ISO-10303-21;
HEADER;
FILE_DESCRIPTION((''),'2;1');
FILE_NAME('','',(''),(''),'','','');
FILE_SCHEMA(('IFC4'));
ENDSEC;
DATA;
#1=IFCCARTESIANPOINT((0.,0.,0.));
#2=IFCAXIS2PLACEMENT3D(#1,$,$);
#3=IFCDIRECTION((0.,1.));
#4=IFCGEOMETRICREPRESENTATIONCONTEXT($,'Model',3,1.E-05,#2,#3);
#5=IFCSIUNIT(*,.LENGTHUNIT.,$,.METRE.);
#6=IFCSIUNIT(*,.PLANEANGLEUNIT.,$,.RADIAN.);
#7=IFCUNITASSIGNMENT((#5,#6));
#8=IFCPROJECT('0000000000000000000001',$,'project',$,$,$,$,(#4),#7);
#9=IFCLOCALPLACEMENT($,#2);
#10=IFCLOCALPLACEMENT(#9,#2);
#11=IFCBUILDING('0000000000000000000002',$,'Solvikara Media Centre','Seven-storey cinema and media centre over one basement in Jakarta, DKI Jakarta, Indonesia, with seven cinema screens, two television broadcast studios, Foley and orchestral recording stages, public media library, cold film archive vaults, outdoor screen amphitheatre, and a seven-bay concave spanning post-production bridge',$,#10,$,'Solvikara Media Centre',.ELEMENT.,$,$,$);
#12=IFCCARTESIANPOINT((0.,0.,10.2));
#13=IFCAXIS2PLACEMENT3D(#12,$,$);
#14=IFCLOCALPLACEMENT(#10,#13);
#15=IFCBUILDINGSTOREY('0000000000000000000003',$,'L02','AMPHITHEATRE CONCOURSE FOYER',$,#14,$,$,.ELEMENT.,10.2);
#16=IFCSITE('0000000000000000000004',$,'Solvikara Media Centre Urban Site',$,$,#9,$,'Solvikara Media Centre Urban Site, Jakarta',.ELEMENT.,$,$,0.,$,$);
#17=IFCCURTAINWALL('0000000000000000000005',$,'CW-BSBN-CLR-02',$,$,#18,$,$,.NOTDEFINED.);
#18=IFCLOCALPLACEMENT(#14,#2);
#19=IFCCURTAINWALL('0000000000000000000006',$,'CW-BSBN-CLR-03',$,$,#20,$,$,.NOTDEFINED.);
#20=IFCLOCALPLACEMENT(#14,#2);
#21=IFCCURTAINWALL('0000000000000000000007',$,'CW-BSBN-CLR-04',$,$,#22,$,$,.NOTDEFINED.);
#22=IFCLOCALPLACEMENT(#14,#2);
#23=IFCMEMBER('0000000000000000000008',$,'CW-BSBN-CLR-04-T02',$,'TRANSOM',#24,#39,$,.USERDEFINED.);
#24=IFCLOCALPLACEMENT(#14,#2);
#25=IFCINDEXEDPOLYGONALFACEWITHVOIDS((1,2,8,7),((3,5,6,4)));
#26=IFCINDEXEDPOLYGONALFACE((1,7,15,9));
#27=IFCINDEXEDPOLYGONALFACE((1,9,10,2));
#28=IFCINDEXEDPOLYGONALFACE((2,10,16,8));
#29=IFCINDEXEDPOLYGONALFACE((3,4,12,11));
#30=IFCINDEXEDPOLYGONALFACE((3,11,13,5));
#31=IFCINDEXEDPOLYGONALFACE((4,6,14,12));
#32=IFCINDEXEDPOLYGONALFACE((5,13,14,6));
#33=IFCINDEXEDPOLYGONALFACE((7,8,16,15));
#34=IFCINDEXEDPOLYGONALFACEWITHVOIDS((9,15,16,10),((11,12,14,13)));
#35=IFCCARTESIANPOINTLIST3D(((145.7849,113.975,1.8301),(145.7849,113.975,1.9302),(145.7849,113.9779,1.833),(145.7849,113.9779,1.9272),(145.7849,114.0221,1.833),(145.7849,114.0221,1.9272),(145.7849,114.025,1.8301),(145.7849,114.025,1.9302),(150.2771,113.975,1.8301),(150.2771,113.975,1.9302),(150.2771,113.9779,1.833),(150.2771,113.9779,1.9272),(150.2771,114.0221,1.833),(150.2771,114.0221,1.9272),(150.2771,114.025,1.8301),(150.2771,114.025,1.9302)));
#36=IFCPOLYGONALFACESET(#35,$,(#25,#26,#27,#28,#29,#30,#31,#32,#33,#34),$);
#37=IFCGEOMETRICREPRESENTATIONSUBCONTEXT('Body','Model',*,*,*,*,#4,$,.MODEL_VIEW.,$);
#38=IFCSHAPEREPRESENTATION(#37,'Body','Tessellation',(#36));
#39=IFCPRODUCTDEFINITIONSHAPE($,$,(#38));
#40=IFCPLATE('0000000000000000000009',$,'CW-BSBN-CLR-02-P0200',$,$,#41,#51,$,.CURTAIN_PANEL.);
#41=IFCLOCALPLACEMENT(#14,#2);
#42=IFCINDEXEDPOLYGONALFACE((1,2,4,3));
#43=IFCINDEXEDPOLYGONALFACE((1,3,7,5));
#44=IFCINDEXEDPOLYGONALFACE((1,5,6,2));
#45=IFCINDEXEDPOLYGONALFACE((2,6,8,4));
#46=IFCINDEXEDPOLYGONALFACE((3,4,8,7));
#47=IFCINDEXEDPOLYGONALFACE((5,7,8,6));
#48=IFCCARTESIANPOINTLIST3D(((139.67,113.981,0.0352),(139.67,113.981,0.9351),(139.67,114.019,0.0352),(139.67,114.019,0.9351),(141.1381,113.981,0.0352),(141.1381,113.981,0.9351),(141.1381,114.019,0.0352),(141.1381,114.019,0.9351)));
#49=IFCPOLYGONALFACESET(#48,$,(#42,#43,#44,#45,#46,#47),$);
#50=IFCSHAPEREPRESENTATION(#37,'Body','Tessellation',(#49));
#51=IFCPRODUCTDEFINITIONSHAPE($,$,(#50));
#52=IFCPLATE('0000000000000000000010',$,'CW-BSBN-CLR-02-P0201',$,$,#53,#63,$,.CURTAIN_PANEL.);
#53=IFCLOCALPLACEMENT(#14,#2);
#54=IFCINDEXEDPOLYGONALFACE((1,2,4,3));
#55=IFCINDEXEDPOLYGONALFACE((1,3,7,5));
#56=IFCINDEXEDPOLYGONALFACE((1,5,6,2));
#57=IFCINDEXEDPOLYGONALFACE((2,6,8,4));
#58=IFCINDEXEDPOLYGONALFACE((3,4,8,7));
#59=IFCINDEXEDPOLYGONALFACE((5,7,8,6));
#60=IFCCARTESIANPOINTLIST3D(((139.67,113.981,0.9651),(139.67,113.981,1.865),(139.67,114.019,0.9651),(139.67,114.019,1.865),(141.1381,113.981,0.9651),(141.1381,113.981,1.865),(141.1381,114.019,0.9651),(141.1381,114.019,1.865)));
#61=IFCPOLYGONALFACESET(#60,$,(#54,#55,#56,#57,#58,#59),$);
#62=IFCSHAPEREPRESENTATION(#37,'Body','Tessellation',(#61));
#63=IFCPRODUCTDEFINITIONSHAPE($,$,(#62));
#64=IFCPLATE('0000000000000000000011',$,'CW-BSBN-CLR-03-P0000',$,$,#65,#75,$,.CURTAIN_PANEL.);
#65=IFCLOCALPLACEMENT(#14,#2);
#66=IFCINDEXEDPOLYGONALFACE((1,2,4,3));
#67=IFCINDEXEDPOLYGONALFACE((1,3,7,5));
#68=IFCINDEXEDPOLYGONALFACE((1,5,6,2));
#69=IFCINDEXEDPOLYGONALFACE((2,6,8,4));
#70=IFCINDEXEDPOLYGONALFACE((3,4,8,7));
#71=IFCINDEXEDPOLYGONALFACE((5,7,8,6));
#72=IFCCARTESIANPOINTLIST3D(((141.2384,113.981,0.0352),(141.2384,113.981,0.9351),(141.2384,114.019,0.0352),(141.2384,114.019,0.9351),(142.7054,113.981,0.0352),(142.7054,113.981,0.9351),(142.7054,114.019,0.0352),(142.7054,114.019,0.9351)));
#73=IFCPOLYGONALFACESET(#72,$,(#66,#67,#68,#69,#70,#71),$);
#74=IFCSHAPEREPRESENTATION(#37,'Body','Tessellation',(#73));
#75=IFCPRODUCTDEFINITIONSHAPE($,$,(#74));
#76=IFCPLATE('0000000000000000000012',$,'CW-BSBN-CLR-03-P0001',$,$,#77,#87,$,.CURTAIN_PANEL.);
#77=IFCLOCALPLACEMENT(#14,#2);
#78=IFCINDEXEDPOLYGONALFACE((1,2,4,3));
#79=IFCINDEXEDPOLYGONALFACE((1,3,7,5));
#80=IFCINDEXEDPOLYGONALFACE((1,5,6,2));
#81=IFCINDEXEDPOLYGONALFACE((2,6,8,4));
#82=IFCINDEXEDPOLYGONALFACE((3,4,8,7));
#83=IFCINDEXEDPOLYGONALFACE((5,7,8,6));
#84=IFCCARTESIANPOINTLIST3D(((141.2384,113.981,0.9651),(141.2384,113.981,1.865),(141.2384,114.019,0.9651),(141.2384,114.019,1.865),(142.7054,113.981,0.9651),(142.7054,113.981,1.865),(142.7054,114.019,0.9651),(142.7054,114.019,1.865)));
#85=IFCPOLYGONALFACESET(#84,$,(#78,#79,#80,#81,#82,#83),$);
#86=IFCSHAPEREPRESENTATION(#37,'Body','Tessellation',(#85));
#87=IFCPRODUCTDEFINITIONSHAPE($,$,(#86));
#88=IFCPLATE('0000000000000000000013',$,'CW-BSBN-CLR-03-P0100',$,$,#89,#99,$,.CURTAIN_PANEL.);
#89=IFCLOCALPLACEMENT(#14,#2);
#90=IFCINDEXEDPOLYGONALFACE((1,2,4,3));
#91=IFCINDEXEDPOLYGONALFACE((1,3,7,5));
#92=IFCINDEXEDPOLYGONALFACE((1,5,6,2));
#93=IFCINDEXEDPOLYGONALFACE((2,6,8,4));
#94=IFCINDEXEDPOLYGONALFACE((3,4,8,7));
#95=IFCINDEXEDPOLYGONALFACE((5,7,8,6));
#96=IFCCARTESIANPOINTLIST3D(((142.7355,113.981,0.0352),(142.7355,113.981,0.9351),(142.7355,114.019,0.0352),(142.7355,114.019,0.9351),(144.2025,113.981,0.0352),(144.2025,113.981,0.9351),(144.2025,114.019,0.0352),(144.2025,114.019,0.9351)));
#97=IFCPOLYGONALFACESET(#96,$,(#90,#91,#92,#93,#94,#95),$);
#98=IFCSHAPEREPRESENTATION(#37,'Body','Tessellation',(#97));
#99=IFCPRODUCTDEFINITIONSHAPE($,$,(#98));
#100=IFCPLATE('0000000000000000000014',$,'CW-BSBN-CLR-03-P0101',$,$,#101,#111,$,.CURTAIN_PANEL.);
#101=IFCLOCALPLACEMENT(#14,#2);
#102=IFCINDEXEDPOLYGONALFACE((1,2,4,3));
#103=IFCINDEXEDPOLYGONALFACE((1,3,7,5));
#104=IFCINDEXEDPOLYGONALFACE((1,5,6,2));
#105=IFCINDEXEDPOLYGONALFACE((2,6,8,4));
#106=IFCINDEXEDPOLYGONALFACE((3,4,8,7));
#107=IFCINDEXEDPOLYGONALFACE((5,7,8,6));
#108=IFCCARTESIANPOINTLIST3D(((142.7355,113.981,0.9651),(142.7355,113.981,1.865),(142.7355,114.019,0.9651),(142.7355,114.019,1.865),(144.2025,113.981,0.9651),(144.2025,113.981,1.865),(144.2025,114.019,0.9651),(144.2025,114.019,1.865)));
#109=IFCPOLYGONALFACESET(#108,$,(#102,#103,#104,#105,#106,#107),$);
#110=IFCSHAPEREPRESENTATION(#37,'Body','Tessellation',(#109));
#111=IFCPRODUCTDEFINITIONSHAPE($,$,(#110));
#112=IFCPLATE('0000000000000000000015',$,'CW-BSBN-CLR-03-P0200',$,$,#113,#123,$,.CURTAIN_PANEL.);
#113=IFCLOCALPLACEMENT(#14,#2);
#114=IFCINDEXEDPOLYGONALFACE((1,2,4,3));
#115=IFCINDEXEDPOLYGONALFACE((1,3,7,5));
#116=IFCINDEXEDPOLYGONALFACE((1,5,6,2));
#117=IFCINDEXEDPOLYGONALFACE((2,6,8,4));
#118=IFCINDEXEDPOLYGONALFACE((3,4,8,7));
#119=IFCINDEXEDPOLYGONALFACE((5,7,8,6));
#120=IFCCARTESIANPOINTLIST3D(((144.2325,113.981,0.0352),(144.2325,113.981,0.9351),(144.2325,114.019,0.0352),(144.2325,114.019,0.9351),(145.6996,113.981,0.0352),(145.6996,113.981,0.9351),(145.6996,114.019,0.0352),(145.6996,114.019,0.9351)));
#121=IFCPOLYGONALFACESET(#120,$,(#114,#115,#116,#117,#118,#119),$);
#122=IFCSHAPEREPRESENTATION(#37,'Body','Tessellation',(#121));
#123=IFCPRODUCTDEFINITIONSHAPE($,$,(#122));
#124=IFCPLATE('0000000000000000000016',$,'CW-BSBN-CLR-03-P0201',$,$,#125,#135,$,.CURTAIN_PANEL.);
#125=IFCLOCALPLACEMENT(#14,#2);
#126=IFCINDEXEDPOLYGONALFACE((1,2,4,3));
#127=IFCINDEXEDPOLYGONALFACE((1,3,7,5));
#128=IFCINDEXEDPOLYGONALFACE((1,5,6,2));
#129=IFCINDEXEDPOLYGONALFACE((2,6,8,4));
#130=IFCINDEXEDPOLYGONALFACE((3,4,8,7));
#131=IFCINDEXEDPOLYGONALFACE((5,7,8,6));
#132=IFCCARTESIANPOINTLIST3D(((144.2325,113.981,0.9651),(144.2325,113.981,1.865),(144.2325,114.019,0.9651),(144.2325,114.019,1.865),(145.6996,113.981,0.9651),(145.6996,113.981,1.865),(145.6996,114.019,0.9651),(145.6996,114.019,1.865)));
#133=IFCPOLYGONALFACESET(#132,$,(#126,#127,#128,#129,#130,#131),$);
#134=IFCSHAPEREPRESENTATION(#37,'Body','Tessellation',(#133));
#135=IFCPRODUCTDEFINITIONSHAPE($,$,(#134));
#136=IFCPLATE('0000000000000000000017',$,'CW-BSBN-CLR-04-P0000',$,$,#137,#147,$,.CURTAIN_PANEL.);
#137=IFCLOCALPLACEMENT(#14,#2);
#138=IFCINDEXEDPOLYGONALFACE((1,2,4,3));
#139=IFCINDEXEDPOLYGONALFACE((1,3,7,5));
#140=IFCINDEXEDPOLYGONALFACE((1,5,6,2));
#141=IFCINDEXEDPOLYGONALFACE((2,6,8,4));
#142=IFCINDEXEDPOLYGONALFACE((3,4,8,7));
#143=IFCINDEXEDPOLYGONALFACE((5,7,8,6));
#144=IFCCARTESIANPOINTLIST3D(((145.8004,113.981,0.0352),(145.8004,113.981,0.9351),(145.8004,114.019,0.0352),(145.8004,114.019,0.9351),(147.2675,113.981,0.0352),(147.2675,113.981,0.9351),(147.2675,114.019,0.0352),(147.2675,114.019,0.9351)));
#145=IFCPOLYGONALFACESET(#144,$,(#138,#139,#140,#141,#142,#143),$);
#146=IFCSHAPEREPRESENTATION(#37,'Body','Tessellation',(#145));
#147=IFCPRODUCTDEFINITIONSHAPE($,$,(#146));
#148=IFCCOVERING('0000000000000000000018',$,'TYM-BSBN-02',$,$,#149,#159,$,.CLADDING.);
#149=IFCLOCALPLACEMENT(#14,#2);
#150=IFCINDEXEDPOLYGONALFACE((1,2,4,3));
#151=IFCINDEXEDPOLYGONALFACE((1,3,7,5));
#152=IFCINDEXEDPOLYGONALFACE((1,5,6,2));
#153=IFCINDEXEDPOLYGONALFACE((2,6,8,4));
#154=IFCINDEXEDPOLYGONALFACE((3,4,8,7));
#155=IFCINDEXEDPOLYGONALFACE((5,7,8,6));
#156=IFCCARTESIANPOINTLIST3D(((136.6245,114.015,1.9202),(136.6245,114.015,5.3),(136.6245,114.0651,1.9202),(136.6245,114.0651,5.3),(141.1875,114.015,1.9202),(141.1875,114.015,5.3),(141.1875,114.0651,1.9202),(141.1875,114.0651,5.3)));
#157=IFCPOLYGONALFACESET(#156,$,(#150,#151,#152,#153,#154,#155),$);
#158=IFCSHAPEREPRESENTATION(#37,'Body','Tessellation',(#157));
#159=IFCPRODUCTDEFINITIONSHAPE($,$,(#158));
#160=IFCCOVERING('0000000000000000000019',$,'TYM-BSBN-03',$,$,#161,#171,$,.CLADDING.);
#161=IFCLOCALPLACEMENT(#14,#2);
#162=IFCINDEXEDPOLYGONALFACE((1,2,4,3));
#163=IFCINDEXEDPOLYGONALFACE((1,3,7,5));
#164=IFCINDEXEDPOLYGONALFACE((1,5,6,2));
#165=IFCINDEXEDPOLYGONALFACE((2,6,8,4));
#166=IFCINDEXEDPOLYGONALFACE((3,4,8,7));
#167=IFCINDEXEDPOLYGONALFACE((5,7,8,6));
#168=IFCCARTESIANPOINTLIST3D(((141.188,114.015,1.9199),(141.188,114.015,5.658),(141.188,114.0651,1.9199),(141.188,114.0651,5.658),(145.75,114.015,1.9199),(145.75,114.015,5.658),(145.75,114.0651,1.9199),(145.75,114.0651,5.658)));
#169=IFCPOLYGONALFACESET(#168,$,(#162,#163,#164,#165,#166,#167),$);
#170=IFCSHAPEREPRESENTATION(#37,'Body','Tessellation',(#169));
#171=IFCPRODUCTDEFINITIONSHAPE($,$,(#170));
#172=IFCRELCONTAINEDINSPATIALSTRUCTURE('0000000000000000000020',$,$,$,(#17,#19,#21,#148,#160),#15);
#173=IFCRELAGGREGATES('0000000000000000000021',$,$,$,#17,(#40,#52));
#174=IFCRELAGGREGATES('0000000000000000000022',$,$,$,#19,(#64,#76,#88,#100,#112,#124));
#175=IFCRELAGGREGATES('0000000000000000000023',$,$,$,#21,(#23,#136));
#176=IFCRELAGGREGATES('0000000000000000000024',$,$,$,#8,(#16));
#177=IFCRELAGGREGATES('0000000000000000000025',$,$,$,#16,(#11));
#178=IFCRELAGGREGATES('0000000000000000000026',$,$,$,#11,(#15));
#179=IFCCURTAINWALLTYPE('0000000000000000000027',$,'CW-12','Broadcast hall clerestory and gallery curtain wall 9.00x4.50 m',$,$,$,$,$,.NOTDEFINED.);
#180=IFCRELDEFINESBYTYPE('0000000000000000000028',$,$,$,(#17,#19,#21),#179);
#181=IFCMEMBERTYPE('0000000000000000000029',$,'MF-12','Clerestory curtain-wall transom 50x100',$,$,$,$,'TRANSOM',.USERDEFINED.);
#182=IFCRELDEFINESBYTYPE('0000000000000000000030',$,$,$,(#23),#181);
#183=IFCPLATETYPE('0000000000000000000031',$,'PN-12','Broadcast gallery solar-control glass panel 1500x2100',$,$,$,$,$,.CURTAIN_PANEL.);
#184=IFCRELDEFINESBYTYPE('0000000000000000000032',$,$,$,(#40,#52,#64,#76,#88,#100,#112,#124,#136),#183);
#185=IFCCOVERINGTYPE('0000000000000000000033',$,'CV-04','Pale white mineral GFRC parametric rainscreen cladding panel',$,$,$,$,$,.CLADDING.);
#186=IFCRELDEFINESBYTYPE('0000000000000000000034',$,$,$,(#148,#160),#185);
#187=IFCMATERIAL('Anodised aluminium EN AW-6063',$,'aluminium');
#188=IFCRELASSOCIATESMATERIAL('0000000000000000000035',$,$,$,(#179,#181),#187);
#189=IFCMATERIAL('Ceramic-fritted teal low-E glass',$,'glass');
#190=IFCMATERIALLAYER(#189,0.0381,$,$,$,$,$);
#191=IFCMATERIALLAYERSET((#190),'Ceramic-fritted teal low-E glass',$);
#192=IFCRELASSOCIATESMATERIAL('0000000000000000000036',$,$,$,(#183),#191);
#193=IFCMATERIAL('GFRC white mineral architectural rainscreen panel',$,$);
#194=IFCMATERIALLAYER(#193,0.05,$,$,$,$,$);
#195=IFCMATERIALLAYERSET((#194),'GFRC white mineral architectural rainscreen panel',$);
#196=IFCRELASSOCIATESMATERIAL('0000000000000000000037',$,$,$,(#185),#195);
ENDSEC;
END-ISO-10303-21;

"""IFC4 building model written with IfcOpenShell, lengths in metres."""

from ifc_helpers import new_model, si_unit, direction, frame, origin, origin_2d, place, context, subcontext, project, spatial, rectangle, hollow_rectangle, extrude, material, layer, layer_set, material_profile, profile_set, type_object, element, aggregate, save


model = new_model("IFC4")

# Units and contexts
model_context = context("Model", 3, precision=1e-05, world=origin(), true_north=direction((0.0, 1.0)))
body_context = subcontext(model_context, "Body", "Model", "MODEL_VIEW")
ifc_project = project(units=[si_unit("LENGTHUNIT", "METRE"), si_unit("PLANEANGLEUNIT", "RADIAN")], contexts=[model_context])

# Site, building, storey
site_placement = place(None, origin())
site = spatial("IfcSite", under=ifc_project, at=site_placement, Name="Solvikara Media Centre Urban Site", LongName="Solvikara Media Centre Urban Site, Jakarta", CompositionType="ELEMENT", RefElevation=0.0)
building_placement = place(site_placement, origin())
building = spatial("IfcBuilding", under=site, at=building_placement, Name="Solvikara Media Centre", Description="Seven-storey cinema and media centre over one basement in Jakarta, DKI Jakarta, Indonesia, with seven cinema screens, two television broadcast studios, Foley and orchestral recording stages, public media library, cold film archive vaults, outdoor screen amphitheatre, and a seven-bay concave spanning post-production bridge", LongName="Solvikara Media Centre", CompositionType="ELEMENT")
storey_placement = place(building_placement, frame((0.0, 0.0, 10.2)))
storey = spatial("IfcBuildingStorey", under=building, at=storey_placement, Name="L02", Description="AMPHITHEATRE CONCOURSE FOYER", CompositionType="ELEMENT", Elevation=10.2)

# Curtain wall
ifc_material_1 = material(Name="Anodised aluminium EN AW-6063", Category="aluminium")
curtain_wall_type = type_object("IfcCurtainWallType", Name="CW-12", Description="Broadcast hall clerestory and gallery curtain wall 9.00x4.50 m", PredefinedType="NOTDEFINED", material=ifc_material_1)
curtain_wall_1_placement = place(storey_placement, origin())
curtain_wall_1 = element("IfcCurtainWall", 1, at=curtain_wall_1_placement, inside=storey, type_object=curtain_wall_type, Name="CW-BSBN-CLR-02", PredefinedType="NOTDEFINED")

# Curtain wall
curtain_wall_2_placement = place(storey_placement, origin())
curtain_wall_2 = element("IfcCurtainWall", 2, at=curtain_wall_2_placement, inside=storey, type_object=curtain_wall_type, Name="CW-BSBN-CLR-03", PredefinedType="NOTDEFINED")

# Curtain wall
curtain_wall_3_placement = place(storey_placement, origin())
curtain_wall_3 = element("IfcCurtainWall", 3, at=curtain_wall_3_placement, inside=storey, type_object=curtain_wall_type, Name="CW-BSBN-CLR-04", PredefinedType="NOTDEFINED")

# Member
ifc_material_profile_1 = material_profile(ifc_material_1, hollow_rectangle(XDim=0.05, YDim=0.1001, WallThickness=0.0029, at=origin_2d()), Name="ALU-T 50x100x3")
ifc_profile_set_1 = profile_set([ifc_material_profile_1], Name="Anodised aluminium EN AW-6063")
member_type_1 = type_object("IfcMemberType", Name="MF-12", Description="Clerestory curtain-wall transom 50x100", ElementType="TRANSOM", PredefinedType="USERDEFINED", material=ifc_profile_set_1)
member_1_placement = place(storey_placement, frame((145.7849, 114.0, 1.8801), z_axis=(1.0, 0.0, 0.0), x_axis=(0.0, 1.0, 0.0)))
member_1 = element("IfcMember", 4, at=member_1_placement, type_object=member_type_1, Name="CW-BSBN-CLR-04-T02", ObjectType="TRANSOM", PredefinedType="USERDEFINED", context=body_context, shape_type="SweptSolid", body=[
    extrude(hollow_rectangle(XDim=0.05, YDim=0.1001, WallThickness=0.0029, at=origin_2d()), origin(), (0.0, 0.0, 1.0), 4.4922),
])

# Plates
ifc_material_2 = material(Name="Ceramic-fritted teal low-E glass", Category="glass")
ifc_layer_1 = layer(ifc_material_2, 0.0381)
ifc_layer_set_1 = layer_set([ifc_layer_1], Name="Ceramic-fritted teal low-E glass")
plate_type = type_object("IfcPlateType", Name="PN-12", Description="Broadcast gallery solar-control glass panel 1500x2100", PredefinedType="CURTAIN_PANEL", material=ifc_layer_set_1)
plate_1_placement = place(storey_placement, frame((140.4041, 114.0, 0.0352), z_axis=(0.0, 0.0, 1.0), x_axis=(1.0, 0.0, 0.0)))
plate_1 = element("IfcPlate", 5, at=plate_1_placement, type_object=plate_type, Name="CW-BSBN-CLR-02-P0200", PredefinedType="CURTAIN_PANEL", context=body_context, shape_type="SweptSolid", body=[
    extrude(rectangle(XDim=1.468, YDim=0.0381, at=origin_2d()), origin(), (0.0, 0.0, 1.0), 0.8999),
])
plate_2_placement = place(storey_placement, frame((140.4041, 114.0, 0.9651), z_axis=(0.0, 0.0, 1.0), x_axis=(1.0, 0.0, 0.0)))
plate_2 = element("IfcPlate", 6, at=plate_2_placement, type_object=plate_type, Name="CW-BSBN-CLR-02-P0201", PredefinedType="CURTAIN_PANEL", context=body_context, shape_type="SweptSolid", body=[
    extrude(rectangle(XDim=1.468, YDim=0.0381, at=origin_2d()), origin(), (0.0, 0.0, 1.0), 0.8999),
])
aggregate(curtain_wall_1, [plate_1, plate_2])
plate_3_placement = place(storey_placement, frame((141.9719, 114.0, 0.0352), z_axis=(0.0, 0.0, 1.0), x_axis=(1.0, 0.0, 0.0)))
plate_3 = element("IfcPlate", 7, at=plate_3_placement, type_object=plate_type, Name="CW-BSBN-CLR-03-P0000", PredefinedType="CURTAIN_PANEL", context=body_context, shape_type="SweptSolid", body=[
    extrude(rectangle(XDim=1.467, YDim=0.0381, at=origin_2d()), origin(), (0.0, 0.0, 1.0), 0.8999),
])
plate_4_placement = place(storey_placement, frame((141.9719, 114.0, 0.9651), z_axis=(0.0, 0.0, 1.0), x_axis=(1.0, 0.0, 0.0)))
plate_4 = element("IfcPlate", 8, at=plate_4_placement, type_object=plate_type, Name="CW-BSBN-CLR-03-P0001", PredefinedType="CURTAIN_PANEL", context=body_context, shape_type="SweptSolid", body=[
    extrude(rectangle(XDim=1.467, YDim=0.0381, at=origin_2d()), origin(), (0.0, 0.0, 1.0), 0.8999),
])
plate_5_placement = place(storey_placement, frame((143.469, 114.0, 0.0352), z_axis=(0.0, 0.0, 1.0), x_axis=(1.0, 0.0, 0.0)))
plate_5 = element("IfcPlate", 9, at=plate_5_placement, type_object=plate_type, Name="CW-BSBN-CLR-03-P0100", PredefinedType="CURTAIN_PANEL", context=body_context, shape_type="SweptSolid", body=[
    extrude(rectangle(XDim=1.467, YDim=0.0381, at=origin_2d()), origin(), (0.0, 0.0, 1.0), 0.8999),
])
plate_6_placement = place(storey_placement, frame((143.469, 114.0, 0.9651), z_axis=(0.0, 0.0, 1.0), x_axis=(1.0, 0.0, 0.0)))
plate_6 = element("IfcPlate", 10, at=plate_6_placement, type_object=plate_type, Name="CW-BSBN-CLR-03-P0101", PredefinedType="CURTAIN_PANEL", context=body_context, shape_type="SweptSolid", body=[
    extrude(rectangle(XDim=1.467, YDim=0.0381, at=origin_2d()), origin(), (0.0, 0.0, 1.0), 0.8999),
])
plate_7_placement = place(storey_placement, frame((144.9661, 114.0, 0.0352), z_axis=(0.0, 0.0, 1.0), x_axis=(1.0, 0.0, 0.0)))
plate_7 = element("IfcPlate", 11, at=plate_7_placement, type_object=plate_type, Name="CW-BSBN-CLR-03-P0200", PredefinedType="CURTAIN_PANEL", context=body_context, shape_type="SweptSolid", body=[
    extrude(rectangle(XDim=1.467, YDim=0.0381, at=origin_2d()), origin(), (0.0, 0.0, 1.0), 0.8999),
])
plate_8_placement = place(storey_placement, frame((144.9661, 114.0, 0.9651), z_axis=(0.0, 0.0, 1.0), x_axis=(1.0, 0.0, 0.0)))
plate_8 = element("IfcPlate", 12, at=plate_8_placement, type_object=plate_type, Name="CW-BSBN-CLR-03-P0201", PredefinedType="CURTAIN_PANEL", context=body_context, shape_type="SweptSolid", body=[
    extrude(rectangle(XDim=1.467, YDim=0.0381, at=origin_2d()), origin(), (0.0, 0.0, 1.0), 0.8999),
])
aggregate(curtain_wall_2, [plate_3, plate_4, plate_5, plate_6, plate_7, plate_8])
plate_9_placement = place(storey_placement, frame((146.5339, 114.0, 0.0352), z_axis=(0.0, 0.0, 1.0), x_axis=(1.0, 0.0, 0.0)))
plate_9 = element("IfcPlate", 13, at=plate_9_placement, type_object=plate_type, Name="CW-BSBN-CLR-04-P0000", PredefinedType="CURTAIN_PANEL", context=body_context, shape_type="SweptSolid", body=[
    extrude(rectangle(XDim=1.467, YDim=0.0381, at=origin_2d()), origin(), (0.0, 0.0, 1.0), 0.8999),
])
aggregate(curtain_wall_3, [member_1, plate_9])

# Coverings
ifc_material_3 = material(Name="GFRC white mineral architectural rainscreen panel")
ifc_layer_2 = layer(ifc_material_3, 0.05)
ifc_layer_set_2 = layer_set([ifc_layer_2], Name="GFRC white mineral architectural rainscreen panel")
covering_type = type_object("IfcCoveringType", Name="CV-04", Description="Pale white mineral GFRC parametric rainscreen cladding panel", PredefinedType="CLADDING", material=ifc_layer_set_2)
covering_1_placement = place(storey_placement, frame((138.906, 114.04, 1.9202), z_axis=(0.0, 0.0, 1.0), x_axis=(1.0, 0.0, 0.0)))
element("IfcCovering", 14, at=covering_1_placement, inside=storey, type_object=covering_type, Name="TYM-BSBN-02", PredefinedType="CLADDING", context=body_context, shape_type="SweptSolid", body=[
    extrude(rectangle(XDim=4.563, YDim=0.05, at=origin_2d()), origin(), (0.0, 0.0, 1.0), 3.3799),
])
covering_2_placement = place(storey_placement, frame((143.469, 114.04, 1.9199), z_axis=(0.0, 0.0, 1.0), x_axis=(1.0, 0.0, 0.0)))
element("IfcCovering", 15, at=covering_2_placement, inside=storey, type_object=covering_type, Name="TYM-BSBN-03", PredefinedType="CLADDING", context=body_context, shape_type="SweptSolid", body=[
    extrude(rectangle(XDim=4.562, YDim=0.05, at=origin_2d()), origin(), (0.0, 0.0, 1.0), 3.738),
])

save(model, "model.ifc")
